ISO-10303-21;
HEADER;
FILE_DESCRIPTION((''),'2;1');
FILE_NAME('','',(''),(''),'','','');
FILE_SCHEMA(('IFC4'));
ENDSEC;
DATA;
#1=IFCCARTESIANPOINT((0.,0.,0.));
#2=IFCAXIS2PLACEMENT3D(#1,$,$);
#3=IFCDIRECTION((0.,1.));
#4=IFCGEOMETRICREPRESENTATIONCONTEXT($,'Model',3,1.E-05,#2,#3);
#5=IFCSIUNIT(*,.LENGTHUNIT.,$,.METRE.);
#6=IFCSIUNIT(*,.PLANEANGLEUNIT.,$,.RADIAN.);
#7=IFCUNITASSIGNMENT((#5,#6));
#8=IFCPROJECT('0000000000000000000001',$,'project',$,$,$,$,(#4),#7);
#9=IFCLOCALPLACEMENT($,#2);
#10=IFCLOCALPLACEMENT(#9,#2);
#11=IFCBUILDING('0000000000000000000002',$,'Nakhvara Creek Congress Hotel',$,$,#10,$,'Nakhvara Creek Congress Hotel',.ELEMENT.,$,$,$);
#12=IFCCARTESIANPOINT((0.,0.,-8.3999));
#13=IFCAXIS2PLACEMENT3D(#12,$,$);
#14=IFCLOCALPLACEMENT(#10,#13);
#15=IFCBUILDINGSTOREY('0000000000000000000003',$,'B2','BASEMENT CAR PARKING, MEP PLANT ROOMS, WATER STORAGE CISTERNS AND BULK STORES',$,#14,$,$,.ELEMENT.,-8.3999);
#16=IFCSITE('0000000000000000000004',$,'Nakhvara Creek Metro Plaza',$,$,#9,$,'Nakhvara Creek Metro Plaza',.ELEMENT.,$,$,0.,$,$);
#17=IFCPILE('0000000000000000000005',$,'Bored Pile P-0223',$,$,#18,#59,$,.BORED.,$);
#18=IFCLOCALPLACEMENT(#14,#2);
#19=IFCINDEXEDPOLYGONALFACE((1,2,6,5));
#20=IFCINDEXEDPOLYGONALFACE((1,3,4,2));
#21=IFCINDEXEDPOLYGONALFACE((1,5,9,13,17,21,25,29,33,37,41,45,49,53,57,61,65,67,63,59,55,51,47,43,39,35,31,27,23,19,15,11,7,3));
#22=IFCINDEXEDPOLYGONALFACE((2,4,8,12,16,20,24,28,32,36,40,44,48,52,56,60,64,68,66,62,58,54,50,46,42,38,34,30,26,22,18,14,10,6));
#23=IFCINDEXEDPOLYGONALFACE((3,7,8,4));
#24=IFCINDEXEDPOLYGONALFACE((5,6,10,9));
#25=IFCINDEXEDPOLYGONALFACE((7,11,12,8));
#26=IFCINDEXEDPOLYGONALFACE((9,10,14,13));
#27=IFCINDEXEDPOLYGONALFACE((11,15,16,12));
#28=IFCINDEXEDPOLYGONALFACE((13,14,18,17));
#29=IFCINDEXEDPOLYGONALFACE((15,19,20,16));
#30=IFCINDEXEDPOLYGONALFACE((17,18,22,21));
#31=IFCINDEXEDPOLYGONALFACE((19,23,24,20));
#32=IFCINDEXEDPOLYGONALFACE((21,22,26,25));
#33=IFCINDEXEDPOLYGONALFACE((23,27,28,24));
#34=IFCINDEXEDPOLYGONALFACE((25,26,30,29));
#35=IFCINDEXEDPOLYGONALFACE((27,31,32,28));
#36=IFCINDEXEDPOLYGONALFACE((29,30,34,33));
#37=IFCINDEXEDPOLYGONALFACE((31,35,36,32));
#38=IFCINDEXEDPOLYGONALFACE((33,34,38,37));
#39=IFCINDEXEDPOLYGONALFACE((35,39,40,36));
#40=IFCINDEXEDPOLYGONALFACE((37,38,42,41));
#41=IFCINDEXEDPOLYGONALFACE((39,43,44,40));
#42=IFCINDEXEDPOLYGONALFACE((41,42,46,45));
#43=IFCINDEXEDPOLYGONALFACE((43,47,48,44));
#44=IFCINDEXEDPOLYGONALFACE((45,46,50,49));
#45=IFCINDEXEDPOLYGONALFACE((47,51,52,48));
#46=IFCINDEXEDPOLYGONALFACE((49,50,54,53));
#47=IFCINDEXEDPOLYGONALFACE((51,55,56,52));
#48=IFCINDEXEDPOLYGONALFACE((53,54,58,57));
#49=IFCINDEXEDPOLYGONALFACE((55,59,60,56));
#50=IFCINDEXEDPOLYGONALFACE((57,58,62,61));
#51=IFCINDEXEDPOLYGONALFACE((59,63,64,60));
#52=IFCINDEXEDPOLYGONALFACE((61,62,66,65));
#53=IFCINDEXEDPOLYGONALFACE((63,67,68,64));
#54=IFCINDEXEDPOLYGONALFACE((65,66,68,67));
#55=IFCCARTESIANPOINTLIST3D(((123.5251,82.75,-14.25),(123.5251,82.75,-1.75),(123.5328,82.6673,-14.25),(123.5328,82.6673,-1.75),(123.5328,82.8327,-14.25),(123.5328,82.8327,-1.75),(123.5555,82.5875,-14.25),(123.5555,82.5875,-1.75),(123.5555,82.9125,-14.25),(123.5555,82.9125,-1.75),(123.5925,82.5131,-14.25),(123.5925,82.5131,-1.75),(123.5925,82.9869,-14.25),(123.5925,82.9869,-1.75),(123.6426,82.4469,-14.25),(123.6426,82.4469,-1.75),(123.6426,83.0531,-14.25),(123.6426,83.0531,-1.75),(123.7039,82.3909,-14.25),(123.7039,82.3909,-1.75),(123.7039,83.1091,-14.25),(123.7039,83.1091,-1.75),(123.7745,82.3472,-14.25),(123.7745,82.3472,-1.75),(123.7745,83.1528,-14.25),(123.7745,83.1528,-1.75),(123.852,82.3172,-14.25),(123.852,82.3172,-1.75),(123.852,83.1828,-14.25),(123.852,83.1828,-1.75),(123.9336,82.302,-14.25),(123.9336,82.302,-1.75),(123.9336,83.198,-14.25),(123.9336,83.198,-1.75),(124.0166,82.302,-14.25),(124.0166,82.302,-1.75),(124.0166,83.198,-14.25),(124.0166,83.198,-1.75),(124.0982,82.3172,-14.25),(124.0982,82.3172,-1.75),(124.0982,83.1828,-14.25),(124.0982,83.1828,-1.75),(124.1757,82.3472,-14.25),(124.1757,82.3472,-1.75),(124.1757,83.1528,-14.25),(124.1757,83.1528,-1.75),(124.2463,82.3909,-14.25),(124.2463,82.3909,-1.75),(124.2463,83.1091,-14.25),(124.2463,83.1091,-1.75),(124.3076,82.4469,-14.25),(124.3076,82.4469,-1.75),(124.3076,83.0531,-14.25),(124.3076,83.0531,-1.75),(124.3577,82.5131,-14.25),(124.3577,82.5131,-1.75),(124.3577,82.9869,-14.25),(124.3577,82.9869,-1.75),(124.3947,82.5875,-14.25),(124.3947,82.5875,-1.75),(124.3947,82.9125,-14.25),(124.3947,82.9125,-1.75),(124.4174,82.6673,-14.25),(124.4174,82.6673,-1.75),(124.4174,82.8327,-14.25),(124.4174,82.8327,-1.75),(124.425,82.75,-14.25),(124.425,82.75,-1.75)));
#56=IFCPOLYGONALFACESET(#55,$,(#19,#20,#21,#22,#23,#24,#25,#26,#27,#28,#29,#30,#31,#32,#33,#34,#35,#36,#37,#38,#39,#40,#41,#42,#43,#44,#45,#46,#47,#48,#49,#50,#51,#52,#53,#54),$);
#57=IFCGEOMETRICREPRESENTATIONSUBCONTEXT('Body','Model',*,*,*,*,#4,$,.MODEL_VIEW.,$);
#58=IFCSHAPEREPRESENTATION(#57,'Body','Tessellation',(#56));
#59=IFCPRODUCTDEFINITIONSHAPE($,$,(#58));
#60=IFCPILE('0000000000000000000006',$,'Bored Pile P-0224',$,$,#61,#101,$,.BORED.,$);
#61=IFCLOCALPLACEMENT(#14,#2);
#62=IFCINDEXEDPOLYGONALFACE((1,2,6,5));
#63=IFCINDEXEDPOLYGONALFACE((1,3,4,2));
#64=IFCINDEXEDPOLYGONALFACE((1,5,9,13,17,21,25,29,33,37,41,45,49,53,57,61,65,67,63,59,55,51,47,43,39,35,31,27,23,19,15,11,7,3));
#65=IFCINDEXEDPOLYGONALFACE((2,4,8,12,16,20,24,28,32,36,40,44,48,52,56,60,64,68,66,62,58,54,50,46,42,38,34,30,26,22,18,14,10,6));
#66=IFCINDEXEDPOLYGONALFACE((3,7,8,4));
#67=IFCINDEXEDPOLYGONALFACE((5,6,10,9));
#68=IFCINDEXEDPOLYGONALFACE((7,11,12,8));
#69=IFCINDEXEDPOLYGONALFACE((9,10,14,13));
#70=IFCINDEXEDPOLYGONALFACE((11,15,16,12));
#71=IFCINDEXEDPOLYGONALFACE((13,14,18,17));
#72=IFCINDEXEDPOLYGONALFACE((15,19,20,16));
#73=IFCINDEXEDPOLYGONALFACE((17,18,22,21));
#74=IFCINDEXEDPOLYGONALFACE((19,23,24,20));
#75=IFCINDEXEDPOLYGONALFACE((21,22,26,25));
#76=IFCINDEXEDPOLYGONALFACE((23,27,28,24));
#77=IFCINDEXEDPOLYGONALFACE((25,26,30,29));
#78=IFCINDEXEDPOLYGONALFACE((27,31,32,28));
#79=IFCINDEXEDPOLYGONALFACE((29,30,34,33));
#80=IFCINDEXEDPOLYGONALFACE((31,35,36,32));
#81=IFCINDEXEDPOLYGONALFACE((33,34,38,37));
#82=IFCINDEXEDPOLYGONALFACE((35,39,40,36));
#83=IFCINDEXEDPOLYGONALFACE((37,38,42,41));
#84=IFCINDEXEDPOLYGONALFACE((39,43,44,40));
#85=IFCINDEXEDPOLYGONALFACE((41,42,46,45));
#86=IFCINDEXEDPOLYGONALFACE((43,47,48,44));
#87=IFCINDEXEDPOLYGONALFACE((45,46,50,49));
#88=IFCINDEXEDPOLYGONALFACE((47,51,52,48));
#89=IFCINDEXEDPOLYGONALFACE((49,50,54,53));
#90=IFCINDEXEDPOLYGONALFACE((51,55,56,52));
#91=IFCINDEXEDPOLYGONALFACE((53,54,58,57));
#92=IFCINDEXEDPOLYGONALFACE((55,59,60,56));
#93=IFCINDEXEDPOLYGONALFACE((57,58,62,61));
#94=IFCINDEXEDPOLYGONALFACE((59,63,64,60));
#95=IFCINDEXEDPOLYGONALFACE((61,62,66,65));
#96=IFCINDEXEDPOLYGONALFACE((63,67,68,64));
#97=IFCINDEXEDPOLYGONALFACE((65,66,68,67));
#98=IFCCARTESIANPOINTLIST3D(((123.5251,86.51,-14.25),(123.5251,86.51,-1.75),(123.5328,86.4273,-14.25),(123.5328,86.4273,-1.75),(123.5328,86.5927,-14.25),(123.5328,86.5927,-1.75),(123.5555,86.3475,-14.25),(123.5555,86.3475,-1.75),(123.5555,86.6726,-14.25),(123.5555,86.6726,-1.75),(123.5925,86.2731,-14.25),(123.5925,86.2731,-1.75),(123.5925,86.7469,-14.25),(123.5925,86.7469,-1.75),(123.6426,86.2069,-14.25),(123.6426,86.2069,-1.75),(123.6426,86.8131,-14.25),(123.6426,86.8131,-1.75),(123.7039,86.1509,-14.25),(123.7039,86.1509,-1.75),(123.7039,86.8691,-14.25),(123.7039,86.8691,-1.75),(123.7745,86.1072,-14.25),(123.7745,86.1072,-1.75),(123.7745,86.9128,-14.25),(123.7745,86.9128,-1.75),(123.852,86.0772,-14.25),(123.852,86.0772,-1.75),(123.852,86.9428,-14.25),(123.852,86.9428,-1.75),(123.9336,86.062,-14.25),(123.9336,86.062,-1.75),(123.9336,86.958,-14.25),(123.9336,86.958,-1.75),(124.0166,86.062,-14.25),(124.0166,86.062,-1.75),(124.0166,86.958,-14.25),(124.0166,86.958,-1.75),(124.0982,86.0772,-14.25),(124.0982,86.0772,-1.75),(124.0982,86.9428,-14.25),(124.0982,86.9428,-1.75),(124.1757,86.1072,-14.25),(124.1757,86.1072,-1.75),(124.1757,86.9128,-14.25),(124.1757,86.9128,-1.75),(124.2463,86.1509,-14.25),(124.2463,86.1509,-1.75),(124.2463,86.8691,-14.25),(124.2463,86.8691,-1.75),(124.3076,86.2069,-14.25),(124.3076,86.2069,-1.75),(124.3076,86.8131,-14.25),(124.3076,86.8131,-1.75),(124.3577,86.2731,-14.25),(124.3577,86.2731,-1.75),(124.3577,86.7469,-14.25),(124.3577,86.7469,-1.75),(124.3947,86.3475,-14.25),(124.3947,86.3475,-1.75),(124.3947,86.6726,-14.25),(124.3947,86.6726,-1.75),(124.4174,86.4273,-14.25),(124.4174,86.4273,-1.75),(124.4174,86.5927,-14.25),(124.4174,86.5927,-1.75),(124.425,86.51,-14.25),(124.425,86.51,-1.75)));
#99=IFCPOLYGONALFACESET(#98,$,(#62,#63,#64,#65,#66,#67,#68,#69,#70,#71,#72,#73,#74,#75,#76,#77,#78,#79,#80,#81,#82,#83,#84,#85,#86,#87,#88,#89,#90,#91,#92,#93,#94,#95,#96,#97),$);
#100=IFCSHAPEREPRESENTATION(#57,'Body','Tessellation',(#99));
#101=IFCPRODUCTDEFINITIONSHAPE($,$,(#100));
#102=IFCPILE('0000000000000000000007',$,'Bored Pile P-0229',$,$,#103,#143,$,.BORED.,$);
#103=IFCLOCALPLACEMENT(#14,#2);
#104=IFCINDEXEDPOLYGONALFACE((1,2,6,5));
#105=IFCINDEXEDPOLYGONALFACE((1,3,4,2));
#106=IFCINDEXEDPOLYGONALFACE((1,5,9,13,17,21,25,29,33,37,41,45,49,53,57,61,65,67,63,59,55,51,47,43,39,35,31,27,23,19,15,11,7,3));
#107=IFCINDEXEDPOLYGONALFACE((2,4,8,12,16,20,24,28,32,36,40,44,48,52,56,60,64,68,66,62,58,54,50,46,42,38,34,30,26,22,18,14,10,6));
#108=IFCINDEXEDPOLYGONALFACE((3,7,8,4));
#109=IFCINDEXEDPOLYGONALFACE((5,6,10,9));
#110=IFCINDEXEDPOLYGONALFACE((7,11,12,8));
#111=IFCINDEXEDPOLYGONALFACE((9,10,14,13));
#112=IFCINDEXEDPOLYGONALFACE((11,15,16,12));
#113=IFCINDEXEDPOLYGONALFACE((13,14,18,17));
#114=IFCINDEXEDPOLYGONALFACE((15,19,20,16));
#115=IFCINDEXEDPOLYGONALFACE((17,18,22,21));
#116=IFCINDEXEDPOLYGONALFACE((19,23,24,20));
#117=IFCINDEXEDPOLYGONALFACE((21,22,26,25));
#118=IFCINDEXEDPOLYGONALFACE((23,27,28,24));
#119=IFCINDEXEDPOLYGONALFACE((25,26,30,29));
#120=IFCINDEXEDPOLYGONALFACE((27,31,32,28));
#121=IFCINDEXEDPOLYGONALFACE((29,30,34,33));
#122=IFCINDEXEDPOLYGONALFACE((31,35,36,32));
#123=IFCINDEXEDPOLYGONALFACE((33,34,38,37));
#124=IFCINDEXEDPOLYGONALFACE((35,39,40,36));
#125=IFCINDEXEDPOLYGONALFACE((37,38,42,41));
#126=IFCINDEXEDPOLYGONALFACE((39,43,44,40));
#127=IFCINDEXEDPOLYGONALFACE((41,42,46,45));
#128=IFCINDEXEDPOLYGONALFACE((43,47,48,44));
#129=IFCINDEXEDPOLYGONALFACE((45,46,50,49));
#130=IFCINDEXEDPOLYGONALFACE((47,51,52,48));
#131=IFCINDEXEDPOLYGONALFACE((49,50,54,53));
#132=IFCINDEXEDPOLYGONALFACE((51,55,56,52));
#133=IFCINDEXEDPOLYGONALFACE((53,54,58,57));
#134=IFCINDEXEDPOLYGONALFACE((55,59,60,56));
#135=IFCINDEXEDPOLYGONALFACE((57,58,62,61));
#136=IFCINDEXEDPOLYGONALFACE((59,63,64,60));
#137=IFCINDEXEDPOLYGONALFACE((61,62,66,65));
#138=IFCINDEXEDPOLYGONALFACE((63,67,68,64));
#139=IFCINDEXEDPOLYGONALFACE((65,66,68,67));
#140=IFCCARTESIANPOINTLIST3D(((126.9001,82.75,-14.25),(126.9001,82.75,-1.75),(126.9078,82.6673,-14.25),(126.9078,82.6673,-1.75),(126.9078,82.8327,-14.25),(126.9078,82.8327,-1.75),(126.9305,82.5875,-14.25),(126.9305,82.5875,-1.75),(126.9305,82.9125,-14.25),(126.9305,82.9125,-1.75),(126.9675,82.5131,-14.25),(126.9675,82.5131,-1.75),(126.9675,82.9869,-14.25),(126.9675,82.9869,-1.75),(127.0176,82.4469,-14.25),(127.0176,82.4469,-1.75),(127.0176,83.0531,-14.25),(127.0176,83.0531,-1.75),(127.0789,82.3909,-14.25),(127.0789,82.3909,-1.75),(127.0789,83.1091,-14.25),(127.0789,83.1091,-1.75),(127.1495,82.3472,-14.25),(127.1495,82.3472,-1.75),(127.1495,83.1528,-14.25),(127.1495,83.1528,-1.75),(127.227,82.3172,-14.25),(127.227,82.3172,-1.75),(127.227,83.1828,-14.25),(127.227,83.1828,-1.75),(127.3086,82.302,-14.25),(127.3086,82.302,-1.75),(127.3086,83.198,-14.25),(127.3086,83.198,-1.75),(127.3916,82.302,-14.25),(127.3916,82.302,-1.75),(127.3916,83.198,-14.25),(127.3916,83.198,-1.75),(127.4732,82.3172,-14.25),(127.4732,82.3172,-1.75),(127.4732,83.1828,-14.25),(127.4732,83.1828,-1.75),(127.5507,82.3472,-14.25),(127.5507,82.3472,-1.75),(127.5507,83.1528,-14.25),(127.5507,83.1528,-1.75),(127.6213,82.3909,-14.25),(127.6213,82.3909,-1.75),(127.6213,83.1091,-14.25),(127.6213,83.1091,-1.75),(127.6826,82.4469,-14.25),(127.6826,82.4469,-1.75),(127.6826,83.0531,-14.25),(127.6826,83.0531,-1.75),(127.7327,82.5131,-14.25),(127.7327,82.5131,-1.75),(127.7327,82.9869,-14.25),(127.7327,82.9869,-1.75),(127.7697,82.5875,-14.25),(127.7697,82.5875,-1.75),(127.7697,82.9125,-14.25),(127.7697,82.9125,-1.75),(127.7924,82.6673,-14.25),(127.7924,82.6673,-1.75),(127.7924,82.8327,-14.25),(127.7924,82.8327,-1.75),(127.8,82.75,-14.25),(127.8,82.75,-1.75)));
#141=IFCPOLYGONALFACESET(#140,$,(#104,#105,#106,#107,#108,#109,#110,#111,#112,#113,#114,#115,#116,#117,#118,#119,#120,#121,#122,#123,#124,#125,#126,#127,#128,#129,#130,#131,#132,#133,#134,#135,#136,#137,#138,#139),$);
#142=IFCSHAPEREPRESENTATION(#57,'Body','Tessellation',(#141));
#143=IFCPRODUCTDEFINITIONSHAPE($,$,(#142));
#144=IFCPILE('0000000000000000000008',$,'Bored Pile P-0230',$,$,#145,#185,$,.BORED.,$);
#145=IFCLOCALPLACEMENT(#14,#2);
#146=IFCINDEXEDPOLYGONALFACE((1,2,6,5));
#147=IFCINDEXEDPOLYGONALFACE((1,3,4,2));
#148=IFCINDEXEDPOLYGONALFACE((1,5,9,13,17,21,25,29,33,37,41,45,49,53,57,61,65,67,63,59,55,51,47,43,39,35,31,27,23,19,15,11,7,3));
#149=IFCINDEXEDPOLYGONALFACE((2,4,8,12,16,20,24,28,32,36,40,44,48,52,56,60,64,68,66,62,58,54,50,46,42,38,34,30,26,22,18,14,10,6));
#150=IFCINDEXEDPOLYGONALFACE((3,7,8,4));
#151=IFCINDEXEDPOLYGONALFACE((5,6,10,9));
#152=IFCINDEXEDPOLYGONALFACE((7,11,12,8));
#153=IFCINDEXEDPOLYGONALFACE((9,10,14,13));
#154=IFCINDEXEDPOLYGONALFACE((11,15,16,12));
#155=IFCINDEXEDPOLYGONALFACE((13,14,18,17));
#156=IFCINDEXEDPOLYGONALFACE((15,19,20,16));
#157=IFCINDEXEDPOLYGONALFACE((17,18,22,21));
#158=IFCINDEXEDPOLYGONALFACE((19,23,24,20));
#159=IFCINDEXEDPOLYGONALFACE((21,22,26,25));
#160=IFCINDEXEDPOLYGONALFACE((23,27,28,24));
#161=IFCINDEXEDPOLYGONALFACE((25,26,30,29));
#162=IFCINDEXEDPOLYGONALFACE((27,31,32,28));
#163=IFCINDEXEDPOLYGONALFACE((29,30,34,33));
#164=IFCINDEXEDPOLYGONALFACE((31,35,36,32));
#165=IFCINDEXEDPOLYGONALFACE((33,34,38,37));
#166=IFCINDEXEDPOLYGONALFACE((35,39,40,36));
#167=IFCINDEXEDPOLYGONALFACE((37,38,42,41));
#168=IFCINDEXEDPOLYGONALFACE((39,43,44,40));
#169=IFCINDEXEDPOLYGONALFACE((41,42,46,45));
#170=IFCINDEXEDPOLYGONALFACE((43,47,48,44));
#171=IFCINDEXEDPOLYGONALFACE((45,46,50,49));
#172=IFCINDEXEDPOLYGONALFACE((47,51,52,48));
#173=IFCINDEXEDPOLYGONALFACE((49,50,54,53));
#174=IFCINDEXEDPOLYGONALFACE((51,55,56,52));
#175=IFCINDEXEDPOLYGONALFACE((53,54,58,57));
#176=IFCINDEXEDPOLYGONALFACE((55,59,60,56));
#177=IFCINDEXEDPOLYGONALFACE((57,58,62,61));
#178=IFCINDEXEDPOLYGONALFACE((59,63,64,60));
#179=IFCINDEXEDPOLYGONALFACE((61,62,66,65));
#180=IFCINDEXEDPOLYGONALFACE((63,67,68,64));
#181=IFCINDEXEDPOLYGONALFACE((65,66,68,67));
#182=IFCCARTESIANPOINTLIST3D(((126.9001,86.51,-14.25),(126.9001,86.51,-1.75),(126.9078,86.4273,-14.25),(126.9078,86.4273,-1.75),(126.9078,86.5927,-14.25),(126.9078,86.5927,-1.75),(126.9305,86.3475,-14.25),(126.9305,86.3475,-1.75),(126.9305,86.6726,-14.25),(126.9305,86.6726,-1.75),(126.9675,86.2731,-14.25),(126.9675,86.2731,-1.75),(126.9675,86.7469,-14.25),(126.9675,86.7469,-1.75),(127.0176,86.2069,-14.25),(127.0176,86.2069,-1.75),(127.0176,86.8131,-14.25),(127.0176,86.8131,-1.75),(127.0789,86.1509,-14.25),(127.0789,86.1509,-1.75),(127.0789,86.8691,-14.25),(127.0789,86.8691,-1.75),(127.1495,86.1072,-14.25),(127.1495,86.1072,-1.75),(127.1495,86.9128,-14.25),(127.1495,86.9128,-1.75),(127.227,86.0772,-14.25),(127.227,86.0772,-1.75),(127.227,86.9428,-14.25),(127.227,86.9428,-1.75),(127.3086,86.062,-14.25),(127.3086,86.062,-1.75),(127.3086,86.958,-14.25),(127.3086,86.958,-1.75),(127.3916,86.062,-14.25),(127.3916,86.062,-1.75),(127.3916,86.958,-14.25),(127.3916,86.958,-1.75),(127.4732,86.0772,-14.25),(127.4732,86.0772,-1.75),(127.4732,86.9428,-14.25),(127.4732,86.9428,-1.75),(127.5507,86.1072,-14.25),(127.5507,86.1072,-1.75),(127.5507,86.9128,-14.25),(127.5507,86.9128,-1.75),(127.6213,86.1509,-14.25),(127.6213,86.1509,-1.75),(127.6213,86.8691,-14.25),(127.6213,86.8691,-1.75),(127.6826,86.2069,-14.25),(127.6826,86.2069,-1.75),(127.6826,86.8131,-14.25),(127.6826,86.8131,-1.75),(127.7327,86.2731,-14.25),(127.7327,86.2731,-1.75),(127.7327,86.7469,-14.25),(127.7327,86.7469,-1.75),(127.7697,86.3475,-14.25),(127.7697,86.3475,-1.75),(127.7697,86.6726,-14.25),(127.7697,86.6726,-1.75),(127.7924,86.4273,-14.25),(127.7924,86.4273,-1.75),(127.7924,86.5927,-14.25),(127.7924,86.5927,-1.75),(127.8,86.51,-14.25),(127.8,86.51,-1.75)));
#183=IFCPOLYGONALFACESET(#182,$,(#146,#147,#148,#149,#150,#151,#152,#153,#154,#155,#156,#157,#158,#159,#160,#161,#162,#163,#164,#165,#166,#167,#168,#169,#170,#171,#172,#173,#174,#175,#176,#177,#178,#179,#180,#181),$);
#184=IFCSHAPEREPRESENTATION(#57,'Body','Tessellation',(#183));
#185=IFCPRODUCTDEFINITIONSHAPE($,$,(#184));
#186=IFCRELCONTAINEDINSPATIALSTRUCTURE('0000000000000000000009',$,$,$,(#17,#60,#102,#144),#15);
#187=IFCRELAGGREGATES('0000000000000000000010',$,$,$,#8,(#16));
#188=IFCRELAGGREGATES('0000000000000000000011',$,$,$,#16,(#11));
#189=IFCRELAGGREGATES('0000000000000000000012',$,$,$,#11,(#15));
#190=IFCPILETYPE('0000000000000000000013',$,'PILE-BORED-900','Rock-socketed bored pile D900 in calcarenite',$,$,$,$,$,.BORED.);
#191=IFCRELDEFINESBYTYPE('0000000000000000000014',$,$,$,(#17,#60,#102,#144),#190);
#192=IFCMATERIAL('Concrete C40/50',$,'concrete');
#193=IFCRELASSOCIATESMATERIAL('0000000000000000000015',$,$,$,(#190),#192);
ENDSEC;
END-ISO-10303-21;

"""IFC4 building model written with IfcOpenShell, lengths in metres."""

from ifc_helpers import new_model, si_unit, direction, frame, origin, origin_2d, place, context, subcontext, project, spatial, circle, extrude, material, material_profile, profile_set, type_object, element, save


model = new_model("IFC4")

# Units and contexts
model_context = context("Model", 3, precision=1e-05, world=origin(), true_north=direction((0.0, 1.0)))
body_context = subcontext(model_context, "Body", "Model", "MODEL_VIEW")
ifc_project = project(units=[si_unit("LENGTHUNIT", "METRE"), si_unit("PLANEANGLEUNIT", "RADIAN")], contexts=[model_context])

# Site, building, storey
site_placement = place(None, origin())
site = spatial("IfcSite", under=ifc_project, at=site_placement, Name="Nakhvara Creek Metro Plaza", LongName="Nakhvara Creek Metro Plaza", CompositionType="ELEMENT", RefElevation=0.0)
building_placement = place(site_placement, origin())
building = spatial("IfcBuilding", under=site, at=building_placement, Name="Nakhvara Creek Congress Hotel", LongName="Nakhvara Creek Congress Hotel", CompositionType="ELEMENT")
storey_placement = place(building_placement, frame((0.0, 0.0, -8.3999)))
storey = spatial("IfcBuildingStorey", under=building, at=storey_placement, Name="B2", Description="BASEMENT CAR PARKING, MEP PLANT ROOMS, WATER STORAGE CISTERNS AND BULK STORES", CompositionType="ELEMENT", Elevation=-8.3999)

# Shared definitions
ifc_material_1 = material(Name="Concrete C40/50", Category="concrete")

# Piles
ifc_material_profile_1 = material_profile(ifc_material_1, circle(Radius=0.45, at=origin_2d()), Name="BORED PILE D900", Category="LoadBearing")
ifc_profile_set_1 = profile_set([ifc_material_profile_1], Name="Concrete C40/50")
pile_type = type_object("IfcPileType", Name="PILE-BORED-900", Description="Rock-socketed bored pile D900 in calcarenite", PredefinedType="BORED", material=ifc_profile_set_1)
for number, where, z_axis, x_axis, name in (
    (1, (123.9751, 82.75, -1.75), (0.0, 0.0, -1.0), (1.0, 0.0, 0.0), "Bored Pile P-0223"),
    (2, (123.9751, 86.51, -1.75), (0.0, 0.0, -1.0), (1.0, 0.0, 0.0), "Bored Pile P-0224"),
    (3, (127.3501, 82.75, -1.75), (0.0, 0.0, -1.0), (1.0, 0.0, 0.0), "Bored Pile P-0229"),
    (4, (127.3501, 86.51, -1.75), (0.0, 0.0, -1.0), (1.0, 0.0, 0.0), "Bored Pile P-0230"),
):
    element("IfcPile", number, at=place(storey_placement, frame(where, z_axis=z_axis, x_axis=x_axis)), inside=storey, type_object=pile_type, Name=name, PredefinedType="BORED", context=body_context, shape_type="SweptSolid", body=[
        extrude(circle(Radius=0.45, at=origin_2d()), origin(), (0.0, 0.0, 1.0), 12.5),
    ])

save(model, "model.ifc")
